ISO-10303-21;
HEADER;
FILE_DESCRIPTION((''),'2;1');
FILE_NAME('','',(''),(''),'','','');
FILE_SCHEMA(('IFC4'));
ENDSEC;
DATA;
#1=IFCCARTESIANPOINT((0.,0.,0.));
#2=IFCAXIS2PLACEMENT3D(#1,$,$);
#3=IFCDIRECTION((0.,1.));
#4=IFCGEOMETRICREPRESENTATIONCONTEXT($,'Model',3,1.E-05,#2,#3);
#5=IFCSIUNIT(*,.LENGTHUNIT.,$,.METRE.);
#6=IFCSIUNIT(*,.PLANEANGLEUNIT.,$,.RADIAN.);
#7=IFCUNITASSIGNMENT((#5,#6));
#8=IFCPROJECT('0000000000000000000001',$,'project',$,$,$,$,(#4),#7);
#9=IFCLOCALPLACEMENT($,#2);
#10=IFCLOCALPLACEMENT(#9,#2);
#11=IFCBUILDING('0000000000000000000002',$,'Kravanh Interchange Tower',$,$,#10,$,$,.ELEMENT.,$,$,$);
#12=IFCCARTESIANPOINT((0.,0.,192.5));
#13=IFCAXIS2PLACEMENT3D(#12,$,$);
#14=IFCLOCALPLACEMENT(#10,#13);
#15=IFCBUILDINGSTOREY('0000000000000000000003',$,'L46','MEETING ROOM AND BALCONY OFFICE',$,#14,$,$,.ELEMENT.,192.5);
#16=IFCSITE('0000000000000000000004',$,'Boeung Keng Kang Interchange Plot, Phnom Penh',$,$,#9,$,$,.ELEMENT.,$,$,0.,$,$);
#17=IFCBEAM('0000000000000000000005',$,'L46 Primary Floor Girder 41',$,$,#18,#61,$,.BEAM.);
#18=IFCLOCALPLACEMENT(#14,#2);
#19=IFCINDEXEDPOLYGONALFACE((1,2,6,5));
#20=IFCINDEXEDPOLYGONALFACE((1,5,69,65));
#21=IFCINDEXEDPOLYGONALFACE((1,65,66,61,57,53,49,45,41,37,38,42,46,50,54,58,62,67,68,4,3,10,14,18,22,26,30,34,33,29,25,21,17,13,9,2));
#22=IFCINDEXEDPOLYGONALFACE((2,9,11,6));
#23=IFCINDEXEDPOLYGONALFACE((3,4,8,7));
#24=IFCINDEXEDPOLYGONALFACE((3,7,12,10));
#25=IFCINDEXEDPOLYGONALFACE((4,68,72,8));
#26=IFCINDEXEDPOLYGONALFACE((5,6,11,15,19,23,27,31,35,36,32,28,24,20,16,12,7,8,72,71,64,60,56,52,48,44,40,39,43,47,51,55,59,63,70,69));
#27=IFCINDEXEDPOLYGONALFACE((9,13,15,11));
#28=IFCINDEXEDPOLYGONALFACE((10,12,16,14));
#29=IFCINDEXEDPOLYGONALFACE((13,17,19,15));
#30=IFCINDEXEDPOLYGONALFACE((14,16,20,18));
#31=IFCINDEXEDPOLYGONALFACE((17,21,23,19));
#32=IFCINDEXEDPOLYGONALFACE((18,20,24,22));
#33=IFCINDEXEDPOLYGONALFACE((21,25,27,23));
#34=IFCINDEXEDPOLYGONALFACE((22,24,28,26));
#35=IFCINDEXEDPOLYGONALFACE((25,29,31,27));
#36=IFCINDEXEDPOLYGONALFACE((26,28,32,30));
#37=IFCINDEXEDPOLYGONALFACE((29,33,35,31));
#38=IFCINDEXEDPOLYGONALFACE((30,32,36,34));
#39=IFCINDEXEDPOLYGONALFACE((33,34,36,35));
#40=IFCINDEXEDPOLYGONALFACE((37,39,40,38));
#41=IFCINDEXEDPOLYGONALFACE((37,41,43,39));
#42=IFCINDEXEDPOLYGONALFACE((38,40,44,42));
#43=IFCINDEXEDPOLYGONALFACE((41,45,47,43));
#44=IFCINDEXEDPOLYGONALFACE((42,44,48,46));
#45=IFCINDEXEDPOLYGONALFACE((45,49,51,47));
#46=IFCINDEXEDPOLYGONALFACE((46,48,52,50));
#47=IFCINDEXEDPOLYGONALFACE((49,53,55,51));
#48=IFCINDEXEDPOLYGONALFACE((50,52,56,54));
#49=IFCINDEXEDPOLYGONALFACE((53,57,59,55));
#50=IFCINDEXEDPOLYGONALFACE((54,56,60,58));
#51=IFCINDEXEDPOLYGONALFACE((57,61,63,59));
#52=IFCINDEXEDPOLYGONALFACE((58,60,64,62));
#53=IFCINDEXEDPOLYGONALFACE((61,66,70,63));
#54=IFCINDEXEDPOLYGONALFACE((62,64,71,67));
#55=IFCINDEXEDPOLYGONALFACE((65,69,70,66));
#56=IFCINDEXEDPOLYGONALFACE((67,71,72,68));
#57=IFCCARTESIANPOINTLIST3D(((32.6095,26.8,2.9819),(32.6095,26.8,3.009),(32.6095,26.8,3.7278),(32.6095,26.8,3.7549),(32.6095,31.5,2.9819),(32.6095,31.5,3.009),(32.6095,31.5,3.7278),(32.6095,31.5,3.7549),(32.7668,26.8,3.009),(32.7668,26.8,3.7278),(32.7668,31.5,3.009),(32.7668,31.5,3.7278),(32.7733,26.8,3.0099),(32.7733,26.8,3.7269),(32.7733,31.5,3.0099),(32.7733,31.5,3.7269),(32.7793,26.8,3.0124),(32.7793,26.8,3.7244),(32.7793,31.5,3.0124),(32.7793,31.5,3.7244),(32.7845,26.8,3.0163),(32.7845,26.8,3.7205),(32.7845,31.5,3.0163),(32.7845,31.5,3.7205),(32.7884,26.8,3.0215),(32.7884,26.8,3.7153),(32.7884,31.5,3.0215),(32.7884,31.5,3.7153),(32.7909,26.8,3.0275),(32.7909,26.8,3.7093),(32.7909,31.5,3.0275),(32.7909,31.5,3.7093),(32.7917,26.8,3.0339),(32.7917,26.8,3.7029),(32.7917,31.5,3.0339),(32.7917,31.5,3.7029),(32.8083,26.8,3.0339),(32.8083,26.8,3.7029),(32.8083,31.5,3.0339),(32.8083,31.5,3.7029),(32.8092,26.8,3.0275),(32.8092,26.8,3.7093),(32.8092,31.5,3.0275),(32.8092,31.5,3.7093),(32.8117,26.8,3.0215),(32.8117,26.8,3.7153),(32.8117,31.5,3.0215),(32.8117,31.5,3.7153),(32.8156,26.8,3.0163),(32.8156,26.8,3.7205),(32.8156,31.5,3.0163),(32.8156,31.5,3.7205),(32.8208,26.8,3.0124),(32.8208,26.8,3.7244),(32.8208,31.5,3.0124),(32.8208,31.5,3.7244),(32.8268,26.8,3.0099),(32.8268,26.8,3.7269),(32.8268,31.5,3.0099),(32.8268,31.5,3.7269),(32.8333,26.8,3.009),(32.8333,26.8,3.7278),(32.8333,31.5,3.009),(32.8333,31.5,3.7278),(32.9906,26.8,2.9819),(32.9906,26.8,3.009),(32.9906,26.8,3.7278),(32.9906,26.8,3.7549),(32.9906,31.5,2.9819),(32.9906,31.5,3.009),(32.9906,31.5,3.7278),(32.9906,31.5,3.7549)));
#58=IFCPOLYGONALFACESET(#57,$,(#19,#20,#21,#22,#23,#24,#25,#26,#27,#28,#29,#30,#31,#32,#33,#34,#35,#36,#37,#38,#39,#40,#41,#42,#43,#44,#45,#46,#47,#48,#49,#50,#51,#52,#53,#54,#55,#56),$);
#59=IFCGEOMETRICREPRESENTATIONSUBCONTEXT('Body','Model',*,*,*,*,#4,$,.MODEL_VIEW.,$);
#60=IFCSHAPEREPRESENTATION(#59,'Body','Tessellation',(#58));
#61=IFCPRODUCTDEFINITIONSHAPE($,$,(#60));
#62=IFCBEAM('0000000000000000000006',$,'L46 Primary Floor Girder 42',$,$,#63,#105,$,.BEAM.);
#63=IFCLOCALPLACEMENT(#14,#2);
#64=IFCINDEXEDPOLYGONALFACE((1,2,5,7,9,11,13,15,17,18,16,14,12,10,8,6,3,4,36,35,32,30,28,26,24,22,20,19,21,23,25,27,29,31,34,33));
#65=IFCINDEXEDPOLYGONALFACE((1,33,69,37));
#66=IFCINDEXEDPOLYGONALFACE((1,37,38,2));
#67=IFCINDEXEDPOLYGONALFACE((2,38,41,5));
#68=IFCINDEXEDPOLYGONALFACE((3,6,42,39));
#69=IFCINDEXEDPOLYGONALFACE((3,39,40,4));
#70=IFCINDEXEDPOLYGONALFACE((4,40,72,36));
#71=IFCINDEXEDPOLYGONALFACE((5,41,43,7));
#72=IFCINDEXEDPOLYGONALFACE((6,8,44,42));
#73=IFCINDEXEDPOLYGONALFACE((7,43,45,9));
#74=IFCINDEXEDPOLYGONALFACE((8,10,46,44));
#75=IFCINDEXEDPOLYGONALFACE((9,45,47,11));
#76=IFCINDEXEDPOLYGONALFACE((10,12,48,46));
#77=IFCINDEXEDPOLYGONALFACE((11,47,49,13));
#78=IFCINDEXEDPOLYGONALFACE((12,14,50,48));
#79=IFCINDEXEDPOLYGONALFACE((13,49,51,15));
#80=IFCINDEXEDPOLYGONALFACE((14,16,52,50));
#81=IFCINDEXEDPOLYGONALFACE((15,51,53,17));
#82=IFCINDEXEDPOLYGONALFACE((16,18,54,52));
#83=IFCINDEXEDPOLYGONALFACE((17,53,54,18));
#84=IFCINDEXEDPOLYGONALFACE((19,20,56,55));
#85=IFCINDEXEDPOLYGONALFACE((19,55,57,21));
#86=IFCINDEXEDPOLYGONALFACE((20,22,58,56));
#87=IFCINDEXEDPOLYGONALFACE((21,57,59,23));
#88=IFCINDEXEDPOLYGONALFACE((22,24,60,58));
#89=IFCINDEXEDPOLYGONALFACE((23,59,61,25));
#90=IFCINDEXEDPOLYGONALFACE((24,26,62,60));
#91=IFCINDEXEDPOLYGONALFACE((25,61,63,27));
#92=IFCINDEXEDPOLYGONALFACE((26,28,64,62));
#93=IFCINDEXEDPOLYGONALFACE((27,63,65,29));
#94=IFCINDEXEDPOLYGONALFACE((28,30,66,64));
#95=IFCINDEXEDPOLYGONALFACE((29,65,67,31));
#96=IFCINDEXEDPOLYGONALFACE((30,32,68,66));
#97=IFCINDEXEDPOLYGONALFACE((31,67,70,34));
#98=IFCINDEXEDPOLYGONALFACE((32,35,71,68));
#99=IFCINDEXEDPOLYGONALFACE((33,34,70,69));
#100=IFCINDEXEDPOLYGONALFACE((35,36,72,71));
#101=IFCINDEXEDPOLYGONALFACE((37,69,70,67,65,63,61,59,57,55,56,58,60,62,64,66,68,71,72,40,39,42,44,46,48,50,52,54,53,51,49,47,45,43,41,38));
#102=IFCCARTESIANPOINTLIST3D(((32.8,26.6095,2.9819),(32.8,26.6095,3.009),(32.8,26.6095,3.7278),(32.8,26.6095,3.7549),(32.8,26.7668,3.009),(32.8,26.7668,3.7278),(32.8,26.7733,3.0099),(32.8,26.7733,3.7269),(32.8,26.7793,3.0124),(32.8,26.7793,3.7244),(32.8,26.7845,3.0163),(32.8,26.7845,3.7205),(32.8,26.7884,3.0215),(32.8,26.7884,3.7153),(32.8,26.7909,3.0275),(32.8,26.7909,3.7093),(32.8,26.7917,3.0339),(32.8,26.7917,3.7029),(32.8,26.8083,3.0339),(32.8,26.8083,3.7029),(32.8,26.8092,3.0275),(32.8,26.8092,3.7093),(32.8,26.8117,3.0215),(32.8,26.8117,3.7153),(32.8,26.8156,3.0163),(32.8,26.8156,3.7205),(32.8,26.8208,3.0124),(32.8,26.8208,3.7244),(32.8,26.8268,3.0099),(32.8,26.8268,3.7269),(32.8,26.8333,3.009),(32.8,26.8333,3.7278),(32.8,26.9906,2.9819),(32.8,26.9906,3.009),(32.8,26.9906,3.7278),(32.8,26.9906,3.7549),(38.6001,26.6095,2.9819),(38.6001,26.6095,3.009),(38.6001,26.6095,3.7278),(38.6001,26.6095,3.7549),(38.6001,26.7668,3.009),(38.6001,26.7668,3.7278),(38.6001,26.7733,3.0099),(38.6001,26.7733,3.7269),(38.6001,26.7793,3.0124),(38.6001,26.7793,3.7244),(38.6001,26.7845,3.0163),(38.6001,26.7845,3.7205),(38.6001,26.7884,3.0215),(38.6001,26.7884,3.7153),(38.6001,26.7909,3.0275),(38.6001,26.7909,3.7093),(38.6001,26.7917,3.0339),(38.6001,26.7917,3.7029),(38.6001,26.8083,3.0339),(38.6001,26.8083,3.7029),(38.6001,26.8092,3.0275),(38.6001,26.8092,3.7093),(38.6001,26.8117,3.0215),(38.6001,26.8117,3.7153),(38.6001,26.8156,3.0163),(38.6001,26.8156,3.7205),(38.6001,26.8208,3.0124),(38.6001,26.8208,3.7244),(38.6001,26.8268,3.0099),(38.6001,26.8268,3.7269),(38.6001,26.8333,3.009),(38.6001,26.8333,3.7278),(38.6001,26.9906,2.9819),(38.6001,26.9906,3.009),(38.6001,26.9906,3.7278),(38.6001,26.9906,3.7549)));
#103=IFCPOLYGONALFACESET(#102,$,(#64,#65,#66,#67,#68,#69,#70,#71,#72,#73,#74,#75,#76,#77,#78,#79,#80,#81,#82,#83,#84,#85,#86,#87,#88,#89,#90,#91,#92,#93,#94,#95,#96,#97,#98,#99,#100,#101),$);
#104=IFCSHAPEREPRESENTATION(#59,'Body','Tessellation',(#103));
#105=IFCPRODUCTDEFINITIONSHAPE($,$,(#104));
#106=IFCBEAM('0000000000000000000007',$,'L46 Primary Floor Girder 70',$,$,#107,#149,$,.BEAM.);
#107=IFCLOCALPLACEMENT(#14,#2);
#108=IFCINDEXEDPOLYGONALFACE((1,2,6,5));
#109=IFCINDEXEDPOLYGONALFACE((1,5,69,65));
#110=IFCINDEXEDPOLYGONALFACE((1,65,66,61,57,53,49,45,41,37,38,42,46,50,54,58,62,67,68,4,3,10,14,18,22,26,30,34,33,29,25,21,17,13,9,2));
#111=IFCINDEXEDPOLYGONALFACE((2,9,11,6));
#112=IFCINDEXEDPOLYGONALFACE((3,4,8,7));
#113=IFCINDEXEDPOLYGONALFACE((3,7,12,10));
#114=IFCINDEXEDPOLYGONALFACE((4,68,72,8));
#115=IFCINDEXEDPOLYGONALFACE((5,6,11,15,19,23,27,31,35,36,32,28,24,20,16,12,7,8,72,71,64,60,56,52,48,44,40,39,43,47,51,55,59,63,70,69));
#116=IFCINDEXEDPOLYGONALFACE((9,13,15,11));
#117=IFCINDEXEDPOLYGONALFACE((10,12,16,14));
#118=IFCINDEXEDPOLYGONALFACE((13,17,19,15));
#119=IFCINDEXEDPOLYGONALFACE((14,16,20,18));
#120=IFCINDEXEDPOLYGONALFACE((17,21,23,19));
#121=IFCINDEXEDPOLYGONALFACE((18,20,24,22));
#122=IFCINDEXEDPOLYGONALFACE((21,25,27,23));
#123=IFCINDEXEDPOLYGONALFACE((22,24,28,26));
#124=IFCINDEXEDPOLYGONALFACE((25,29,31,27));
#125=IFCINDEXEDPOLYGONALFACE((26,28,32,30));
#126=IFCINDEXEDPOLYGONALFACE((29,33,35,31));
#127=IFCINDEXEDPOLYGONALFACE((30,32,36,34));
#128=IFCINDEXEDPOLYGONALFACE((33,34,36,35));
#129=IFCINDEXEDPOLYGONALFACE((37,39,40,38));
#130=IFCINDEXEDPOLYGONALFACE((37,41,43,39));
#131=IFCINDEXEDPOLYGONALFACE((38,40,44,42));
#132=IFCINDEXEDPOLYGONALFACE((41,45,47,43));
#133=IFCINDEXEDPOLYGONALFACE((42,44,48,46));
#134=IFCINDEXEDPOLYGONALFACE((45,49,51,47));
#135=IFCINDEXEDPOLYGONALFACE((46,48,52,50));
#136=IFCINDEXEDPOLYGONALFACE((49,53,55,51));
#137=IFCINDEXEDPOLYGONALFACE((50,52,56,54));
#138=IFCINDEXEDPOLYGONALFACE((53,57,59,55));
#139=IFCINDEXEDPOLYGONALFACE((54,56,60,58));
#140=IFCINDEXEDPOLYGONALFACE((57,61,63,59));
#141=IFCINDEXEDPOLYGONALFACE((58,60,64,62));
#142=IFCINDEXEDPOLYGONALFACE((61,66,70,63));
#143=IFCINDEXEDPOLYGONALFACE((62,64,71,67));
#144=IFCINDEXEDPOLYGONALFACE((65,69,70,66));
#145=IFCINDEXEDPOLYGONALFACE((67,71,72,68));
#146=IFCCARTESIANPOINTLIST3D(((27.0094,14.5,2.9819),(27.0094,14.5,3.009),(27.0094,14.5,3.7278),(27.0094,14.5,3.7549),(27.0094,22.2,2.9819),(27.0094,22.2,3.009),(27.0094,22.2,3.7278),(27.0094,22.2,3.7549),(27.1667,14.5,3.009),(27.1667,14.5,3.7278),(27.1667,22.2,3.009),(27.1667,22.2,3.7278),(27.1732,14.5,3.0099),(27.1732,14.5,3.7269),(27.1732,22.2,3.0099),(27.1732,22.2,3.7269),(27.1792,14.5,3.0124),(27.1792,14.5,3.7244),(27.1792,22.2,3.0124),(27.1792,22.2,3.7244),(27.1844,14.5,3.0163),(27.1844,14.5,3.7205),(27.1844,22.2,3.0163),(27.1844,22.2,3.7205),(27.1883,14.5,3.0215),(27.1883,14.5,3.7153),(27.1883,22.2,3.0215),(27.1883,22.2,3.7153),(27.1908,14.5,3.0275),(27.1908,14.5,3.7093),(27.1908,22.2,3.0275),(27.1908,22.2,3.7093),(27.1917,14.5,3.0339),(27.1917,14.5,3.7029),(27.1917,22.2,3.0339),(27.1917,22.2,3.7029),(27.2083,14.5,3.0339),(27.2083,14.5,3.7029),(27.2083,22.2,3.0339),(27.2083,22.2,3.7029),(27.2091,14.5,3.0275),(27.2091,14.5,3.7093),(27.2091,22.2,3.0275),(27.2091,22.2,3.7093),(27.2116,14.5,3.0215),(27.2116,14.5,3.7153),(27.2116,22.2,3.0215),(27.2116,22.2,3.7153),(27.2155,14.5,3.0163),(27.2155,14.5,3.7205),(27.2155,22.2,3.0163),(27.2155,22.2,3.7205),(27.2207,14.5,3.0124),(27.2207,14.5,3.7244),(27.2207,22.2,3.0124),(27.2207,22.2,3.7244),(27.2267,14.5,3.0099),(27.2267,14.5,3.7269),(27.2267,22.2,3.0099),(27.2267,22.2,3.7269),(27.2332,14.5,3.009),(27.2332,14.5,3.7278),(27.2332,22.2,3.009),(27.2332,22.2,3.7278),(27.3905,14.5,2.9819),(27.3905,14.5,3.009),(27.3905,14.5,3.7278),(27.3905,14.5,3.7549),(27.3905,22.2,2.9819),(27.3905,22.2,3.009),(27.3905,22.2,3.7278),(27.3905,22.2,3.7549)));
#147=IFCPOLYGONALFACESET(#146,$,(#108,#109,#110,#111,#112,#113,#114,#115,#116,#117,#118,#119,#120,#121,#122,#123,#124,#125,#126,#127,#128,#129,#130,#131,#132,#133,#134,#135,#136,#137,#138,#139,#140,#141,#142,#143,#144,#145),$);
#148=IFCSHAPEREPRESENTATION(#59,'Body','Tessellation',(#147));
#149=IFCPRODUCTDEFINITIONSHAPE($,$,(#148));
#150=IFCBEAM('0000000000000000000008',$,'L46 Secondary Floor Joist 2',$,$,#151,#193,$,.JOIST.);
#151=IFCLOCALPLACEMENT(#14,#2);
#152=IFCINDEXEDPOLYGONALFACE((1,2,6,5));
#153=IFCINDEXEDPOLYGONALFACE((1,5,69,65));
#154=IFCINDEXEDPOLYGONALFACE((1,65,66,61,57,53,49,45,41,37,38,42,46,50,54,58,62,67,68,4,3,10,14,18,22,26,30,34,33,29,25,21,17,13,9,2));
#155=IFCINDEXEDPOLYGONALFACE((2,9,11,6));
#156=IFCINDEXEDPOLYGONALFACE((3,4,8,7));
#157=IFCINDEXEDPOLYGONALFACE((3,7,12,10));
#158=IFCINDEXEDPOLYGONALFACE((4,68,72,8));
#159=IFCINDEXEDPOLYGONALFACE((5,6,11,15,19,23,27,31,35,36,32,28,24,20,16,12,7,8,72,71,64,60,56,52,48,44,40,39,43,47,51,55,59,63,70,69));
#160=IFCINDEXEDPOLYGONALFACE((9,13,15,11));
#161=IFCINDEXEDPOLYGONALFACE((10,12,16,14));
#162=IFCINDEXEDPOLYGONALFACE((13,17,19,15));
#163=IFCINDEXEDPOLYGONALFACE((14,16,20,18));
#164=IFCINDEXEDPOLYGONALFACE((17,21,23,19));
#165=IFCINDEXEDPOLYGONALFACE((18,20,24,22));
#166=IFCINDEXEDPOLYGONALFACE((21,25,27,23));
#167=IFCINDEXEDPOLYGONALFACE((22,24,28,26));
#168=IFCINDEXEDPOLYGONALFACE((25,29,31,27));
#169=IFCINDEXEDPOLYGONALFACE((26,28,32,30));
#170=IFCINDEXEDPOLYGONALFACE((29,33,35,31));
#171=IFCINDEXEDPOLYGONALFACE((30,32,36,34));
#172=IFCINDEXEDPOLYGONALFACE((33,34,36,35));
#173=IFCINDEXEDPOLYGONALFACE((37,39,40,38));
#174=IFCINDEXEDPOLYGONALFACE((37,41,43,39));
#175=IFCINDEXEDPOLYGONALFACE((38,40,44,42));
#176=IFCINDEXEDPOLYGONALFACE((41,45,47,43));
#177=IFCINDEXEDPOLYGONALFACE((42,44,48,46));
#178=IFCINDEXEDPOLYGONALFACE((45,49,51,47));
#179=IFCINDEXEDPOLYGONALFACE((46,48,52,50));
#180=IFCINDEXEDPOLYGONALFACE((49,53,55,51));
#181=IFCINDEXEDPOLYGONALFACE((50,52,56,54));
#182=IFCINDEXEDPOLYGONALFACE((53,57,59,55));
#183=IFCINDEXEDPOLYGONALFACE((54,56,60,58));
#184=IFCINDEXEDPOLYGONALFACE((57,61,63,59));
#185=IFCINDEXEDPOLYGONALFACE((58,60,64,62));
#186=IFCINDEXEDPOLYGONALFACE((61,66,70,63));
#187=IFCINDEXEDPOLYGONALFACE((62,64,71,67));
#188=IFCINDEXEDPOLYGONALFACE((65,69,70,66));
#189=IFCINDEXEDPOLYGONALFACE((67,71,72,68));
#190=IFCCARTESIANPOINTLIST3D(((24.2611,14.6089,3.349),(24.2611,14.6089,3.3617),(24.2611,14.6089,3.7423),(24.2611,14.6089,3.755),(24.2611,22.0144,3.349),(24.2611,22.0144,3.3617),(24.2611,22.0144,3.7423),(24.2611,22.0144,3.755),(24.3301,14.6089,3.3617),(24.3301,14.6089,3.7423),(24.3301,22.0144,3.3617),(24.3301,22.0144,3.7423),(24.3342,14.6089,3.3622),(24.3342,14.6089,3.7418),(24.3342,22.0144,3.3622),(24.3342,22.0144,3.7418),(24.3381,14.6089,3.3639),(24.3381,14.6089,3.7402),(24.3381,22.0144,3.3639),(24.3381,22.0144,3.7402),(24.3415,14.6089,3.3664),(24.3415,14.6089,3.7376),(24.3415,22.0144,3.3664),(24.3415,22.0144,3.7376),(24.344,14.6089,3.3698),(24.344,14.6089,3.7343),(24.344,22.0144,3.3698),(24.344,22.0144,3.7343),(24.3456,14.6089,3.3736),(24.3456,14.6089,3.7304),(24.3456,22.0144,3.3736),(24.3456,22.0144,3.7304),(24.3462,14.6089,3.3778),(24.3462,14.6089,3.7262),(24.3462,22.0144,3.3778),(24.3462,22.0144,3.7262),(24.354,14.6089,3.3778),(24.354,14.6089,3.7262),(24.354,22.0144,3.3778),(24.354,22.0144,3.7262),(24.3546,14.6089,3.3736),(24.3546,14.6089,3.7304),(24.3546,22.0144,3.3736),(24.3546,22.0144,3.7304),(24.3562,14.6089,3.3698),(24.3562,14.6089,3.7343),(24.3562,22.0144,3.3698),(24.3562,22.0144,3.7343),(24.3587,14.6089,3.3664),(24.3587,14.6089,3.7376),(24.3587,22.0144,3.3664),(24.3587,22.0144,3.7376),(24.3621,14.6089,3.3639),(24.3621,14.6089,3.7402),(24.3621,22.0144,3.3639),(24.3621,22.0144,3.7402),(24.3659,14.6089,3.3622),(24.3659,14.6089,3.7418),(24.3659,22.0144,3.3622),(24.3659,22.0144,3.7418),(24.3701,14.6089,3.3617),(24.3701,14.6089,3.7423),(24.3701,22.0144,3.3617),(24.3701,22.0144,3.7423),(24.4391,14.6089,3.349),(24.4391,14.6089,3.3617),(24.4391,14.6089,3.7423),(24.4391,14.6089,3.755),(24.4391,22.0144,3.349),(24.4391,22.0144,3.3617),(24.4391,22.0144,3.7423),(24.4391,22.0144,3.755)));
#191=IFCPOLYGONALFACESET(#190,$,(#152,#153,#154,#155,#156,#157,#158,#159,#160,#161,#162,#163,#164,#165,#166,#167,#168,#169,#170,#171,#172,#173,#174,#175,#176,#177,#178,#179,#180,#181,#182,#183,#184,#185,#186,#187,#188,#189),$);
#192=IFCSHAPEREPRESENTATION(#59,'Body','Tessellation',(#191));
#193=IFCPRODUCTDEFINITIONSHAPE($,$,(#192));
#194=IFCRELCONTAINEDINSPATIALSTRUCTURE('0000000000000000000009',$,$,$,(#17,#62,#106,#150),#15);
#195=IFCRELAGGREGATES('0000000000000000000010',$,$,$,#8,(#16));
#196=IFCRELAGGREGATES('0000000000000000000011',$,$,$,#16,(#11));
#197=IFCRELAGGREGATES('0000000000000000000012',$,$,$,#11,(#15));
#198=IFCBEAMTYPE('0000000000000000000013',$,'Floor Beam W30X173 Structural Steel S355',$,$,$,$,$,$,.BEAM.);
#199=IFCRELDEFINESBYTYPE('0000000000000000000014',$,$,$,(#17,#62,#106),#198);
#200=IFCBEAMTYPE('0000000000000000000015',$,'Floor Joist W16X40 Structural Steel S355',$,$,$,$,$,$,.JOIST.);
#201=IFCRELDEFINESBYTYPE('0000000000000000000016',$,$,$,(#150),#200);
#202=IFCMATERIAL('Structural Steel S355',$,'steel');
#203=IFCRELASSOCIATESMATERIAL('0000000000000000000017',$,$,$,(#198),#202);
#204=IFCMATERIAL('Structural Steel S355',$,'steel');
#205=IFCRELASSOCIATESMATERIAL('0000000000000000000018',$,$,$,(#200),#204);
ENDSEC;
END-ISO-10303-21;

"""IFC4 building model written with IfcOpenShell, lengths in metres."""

from ifc_helpers import new_model, si_unit, direction, frame, origin, origin_2d, place, context, subcontext, project, spatial, i_section, extrude, material, material_profile, profile_set, type_object, element, save


model = new_model("IFC4")

# Units and contexts
model_context = context("Model", 3, precision=1e-05, world=origin(), true_north=direction((0.0, 1.0)))
body_context = subcontext(model_context, "Body", "Model", "MODEL_VIEW")
ifc_project = project(units=[si_unit("LENGTHUNIT", "METRE"), si_unit("PLANEANGLEUNIT", "RADIAN")], contexts=[model_context])

# Site, building, storey
site_placement = place(None, origin())
site = spatial("IfcSite", under=ifc_project, at=site_placement, Name="Boeung Keng Kang Interchange Plot, Phnom Penh", CompositionType="ELEMENT", RefElevation=0.0)
building_placement = place(site_placement, origin())
building = spatial("IfcBuilding", under=site, at=building_placement, Name="Kravanh Interchange Tower", CompositionType="ELEMENT")
storey_placement = place(building_placement, frame((0.0, 0.0, 192.5)))
storey = spatial("IfcBuildingStorey", under=building, at=storey_placement, Name="L46", Description="MEETING ROOM AND BALCONY OFFICE", CompositionType="ELEMENT", Elevation=192.5)

# Beams
ifc_material_1 = material(Name="Structural Steel S355", Category="steel")
ifc_material_profile_1 = material_profile(ifc_material_1, i_section(OverallWidth=0.3811, OverallDepth=0.7729, WebThickness=0.0166, FlangeThickness=0.0271, FilletRadius=0.0249, at=origin_2d()), Name="W30X173")
ifc_profile_set_1 = profile_set([ifc_material_profile_1], Name="Structural Steel S355")
beam_type_1 = type_object("IfcBeamType", Name="Floor Beam W30X173 Structural Steel S355", PredefinedType="BEAM", material=ifc_profile_set_1)
beam_1_placement = place(storey_placement, frame((32.8, 26.8, 3.3684), z_axis=(0.0, 1.0, 0.0), x_axis=(-1.0, 0.0, 0.0)))
element("IfcBeam", 1, at=beam_1_placement, inside=storey, type_object=beam_type_1, Name="L46 Primary Floor Girder 41", PredefinedType="BEAM", context=body_context, shape_type="SweptSolid", body=[
    extrude(i_section(OverallWidth=0.3811, OverallDepth=0.7729, WebThickness=0.0166, FlangeThickness=0.0271, FilletRadius=0.0249, at=origin_2d()), origin(), (0.0, 0.0, 1.0), 4.7),
])
beam_2_placement = place(storey_placement, frame((32.8, 26.8, 3.3684), z_axis=(1.0, 0.0, 0.0), x_axis=(0.0, 1.0, 0.0)))
element("IfcBeam", 2, at=beam_2_placement, inside=storey, type_object=beam_type_1, Name="L46 Primary Floor Girder 42", PredefinedType="BEAM", context=body_context, shape_type="SweptSolid", body=[
    extrude(i_section(OverallWidth=0.3811, OverallDepth=0.7729, WebThickness=0.0166, FlangeThickness=0.0271, FilletRadius=0.0249, at=origin_2d()), origin(), (0.0, 0.0, 1.0), 5.8),
])
beam_3_placement = place(storey_placement, frame((27.2, 14.5, 3.3684), z_axis=(0.0, 1.0, 0.0), x_axis=(-1.0, 0.0, 0.0)))
element("IfcBeam", 3, at=beam_3_placement, inside=storey, type_object=beam_type_1, Name="L46 Primary Floor Girder 70", PredefinedType="BEAM", context=body_context, shape_type="SweptSolid", body=[
    extrude(i_section(OverallWidth=0.3811, OverallDepth=0.7729, WebThickness=0.0166, FlangeThickness=0.0271, FilletRadius=0.0249, at=origin_2d()), origin(), (0.0, 0.0, 1.0), 7.7),
])
ifc_material_2 = material(Name="Structural Steel S355", Category="steel")
ifc_material_profile_2 = material_profile(ifc_material_2, i_section(OverallWidth=0.178, OverallDepth=0.406, WebThickness=0.0078, FlangeThickness=0.0127, FilletRadius=0.0161, at=origin_2d()), Name="W16X40")
ifc_profile_set_2 = profile_set([ifc_material_profile_2], Name="Structural Steel S355")
beam_type_2 = type_object("IfcBeamType", Name="Floor Joist W16X40 Structural Steel S355", PredefinedType="JOIST", material=ifc_profile_set_2)
for number, where, z_axis, x_axis, name in (
    (4, (24.3501, 14.6089, 3.552), (0.0, 1.0, 0.0), (-1.0, 0.0, 0.0), "L46 Secondary Floor Joist 2"),
):
    element("IfcBeam", number, at=place(storey_placement, frame(where, z_axis=z_axis, x_axis=x_axis)), inside=storey, type_object=beam_type_2, Name=name, PredefinedType="JOIST", context=body_context, shape_type="SweptSolid", body=[
        extrude(i_section(OverallWidth=0.178, OverallDepth=0.406, WebThickness=0.0078, FlangeThickness=0.0127, FilletRadius=0.0161, at=origin_2d()), origin(), (0.0, 0.0, 1.0), 7.4055),
    ])

save(model, "model.ifc")
